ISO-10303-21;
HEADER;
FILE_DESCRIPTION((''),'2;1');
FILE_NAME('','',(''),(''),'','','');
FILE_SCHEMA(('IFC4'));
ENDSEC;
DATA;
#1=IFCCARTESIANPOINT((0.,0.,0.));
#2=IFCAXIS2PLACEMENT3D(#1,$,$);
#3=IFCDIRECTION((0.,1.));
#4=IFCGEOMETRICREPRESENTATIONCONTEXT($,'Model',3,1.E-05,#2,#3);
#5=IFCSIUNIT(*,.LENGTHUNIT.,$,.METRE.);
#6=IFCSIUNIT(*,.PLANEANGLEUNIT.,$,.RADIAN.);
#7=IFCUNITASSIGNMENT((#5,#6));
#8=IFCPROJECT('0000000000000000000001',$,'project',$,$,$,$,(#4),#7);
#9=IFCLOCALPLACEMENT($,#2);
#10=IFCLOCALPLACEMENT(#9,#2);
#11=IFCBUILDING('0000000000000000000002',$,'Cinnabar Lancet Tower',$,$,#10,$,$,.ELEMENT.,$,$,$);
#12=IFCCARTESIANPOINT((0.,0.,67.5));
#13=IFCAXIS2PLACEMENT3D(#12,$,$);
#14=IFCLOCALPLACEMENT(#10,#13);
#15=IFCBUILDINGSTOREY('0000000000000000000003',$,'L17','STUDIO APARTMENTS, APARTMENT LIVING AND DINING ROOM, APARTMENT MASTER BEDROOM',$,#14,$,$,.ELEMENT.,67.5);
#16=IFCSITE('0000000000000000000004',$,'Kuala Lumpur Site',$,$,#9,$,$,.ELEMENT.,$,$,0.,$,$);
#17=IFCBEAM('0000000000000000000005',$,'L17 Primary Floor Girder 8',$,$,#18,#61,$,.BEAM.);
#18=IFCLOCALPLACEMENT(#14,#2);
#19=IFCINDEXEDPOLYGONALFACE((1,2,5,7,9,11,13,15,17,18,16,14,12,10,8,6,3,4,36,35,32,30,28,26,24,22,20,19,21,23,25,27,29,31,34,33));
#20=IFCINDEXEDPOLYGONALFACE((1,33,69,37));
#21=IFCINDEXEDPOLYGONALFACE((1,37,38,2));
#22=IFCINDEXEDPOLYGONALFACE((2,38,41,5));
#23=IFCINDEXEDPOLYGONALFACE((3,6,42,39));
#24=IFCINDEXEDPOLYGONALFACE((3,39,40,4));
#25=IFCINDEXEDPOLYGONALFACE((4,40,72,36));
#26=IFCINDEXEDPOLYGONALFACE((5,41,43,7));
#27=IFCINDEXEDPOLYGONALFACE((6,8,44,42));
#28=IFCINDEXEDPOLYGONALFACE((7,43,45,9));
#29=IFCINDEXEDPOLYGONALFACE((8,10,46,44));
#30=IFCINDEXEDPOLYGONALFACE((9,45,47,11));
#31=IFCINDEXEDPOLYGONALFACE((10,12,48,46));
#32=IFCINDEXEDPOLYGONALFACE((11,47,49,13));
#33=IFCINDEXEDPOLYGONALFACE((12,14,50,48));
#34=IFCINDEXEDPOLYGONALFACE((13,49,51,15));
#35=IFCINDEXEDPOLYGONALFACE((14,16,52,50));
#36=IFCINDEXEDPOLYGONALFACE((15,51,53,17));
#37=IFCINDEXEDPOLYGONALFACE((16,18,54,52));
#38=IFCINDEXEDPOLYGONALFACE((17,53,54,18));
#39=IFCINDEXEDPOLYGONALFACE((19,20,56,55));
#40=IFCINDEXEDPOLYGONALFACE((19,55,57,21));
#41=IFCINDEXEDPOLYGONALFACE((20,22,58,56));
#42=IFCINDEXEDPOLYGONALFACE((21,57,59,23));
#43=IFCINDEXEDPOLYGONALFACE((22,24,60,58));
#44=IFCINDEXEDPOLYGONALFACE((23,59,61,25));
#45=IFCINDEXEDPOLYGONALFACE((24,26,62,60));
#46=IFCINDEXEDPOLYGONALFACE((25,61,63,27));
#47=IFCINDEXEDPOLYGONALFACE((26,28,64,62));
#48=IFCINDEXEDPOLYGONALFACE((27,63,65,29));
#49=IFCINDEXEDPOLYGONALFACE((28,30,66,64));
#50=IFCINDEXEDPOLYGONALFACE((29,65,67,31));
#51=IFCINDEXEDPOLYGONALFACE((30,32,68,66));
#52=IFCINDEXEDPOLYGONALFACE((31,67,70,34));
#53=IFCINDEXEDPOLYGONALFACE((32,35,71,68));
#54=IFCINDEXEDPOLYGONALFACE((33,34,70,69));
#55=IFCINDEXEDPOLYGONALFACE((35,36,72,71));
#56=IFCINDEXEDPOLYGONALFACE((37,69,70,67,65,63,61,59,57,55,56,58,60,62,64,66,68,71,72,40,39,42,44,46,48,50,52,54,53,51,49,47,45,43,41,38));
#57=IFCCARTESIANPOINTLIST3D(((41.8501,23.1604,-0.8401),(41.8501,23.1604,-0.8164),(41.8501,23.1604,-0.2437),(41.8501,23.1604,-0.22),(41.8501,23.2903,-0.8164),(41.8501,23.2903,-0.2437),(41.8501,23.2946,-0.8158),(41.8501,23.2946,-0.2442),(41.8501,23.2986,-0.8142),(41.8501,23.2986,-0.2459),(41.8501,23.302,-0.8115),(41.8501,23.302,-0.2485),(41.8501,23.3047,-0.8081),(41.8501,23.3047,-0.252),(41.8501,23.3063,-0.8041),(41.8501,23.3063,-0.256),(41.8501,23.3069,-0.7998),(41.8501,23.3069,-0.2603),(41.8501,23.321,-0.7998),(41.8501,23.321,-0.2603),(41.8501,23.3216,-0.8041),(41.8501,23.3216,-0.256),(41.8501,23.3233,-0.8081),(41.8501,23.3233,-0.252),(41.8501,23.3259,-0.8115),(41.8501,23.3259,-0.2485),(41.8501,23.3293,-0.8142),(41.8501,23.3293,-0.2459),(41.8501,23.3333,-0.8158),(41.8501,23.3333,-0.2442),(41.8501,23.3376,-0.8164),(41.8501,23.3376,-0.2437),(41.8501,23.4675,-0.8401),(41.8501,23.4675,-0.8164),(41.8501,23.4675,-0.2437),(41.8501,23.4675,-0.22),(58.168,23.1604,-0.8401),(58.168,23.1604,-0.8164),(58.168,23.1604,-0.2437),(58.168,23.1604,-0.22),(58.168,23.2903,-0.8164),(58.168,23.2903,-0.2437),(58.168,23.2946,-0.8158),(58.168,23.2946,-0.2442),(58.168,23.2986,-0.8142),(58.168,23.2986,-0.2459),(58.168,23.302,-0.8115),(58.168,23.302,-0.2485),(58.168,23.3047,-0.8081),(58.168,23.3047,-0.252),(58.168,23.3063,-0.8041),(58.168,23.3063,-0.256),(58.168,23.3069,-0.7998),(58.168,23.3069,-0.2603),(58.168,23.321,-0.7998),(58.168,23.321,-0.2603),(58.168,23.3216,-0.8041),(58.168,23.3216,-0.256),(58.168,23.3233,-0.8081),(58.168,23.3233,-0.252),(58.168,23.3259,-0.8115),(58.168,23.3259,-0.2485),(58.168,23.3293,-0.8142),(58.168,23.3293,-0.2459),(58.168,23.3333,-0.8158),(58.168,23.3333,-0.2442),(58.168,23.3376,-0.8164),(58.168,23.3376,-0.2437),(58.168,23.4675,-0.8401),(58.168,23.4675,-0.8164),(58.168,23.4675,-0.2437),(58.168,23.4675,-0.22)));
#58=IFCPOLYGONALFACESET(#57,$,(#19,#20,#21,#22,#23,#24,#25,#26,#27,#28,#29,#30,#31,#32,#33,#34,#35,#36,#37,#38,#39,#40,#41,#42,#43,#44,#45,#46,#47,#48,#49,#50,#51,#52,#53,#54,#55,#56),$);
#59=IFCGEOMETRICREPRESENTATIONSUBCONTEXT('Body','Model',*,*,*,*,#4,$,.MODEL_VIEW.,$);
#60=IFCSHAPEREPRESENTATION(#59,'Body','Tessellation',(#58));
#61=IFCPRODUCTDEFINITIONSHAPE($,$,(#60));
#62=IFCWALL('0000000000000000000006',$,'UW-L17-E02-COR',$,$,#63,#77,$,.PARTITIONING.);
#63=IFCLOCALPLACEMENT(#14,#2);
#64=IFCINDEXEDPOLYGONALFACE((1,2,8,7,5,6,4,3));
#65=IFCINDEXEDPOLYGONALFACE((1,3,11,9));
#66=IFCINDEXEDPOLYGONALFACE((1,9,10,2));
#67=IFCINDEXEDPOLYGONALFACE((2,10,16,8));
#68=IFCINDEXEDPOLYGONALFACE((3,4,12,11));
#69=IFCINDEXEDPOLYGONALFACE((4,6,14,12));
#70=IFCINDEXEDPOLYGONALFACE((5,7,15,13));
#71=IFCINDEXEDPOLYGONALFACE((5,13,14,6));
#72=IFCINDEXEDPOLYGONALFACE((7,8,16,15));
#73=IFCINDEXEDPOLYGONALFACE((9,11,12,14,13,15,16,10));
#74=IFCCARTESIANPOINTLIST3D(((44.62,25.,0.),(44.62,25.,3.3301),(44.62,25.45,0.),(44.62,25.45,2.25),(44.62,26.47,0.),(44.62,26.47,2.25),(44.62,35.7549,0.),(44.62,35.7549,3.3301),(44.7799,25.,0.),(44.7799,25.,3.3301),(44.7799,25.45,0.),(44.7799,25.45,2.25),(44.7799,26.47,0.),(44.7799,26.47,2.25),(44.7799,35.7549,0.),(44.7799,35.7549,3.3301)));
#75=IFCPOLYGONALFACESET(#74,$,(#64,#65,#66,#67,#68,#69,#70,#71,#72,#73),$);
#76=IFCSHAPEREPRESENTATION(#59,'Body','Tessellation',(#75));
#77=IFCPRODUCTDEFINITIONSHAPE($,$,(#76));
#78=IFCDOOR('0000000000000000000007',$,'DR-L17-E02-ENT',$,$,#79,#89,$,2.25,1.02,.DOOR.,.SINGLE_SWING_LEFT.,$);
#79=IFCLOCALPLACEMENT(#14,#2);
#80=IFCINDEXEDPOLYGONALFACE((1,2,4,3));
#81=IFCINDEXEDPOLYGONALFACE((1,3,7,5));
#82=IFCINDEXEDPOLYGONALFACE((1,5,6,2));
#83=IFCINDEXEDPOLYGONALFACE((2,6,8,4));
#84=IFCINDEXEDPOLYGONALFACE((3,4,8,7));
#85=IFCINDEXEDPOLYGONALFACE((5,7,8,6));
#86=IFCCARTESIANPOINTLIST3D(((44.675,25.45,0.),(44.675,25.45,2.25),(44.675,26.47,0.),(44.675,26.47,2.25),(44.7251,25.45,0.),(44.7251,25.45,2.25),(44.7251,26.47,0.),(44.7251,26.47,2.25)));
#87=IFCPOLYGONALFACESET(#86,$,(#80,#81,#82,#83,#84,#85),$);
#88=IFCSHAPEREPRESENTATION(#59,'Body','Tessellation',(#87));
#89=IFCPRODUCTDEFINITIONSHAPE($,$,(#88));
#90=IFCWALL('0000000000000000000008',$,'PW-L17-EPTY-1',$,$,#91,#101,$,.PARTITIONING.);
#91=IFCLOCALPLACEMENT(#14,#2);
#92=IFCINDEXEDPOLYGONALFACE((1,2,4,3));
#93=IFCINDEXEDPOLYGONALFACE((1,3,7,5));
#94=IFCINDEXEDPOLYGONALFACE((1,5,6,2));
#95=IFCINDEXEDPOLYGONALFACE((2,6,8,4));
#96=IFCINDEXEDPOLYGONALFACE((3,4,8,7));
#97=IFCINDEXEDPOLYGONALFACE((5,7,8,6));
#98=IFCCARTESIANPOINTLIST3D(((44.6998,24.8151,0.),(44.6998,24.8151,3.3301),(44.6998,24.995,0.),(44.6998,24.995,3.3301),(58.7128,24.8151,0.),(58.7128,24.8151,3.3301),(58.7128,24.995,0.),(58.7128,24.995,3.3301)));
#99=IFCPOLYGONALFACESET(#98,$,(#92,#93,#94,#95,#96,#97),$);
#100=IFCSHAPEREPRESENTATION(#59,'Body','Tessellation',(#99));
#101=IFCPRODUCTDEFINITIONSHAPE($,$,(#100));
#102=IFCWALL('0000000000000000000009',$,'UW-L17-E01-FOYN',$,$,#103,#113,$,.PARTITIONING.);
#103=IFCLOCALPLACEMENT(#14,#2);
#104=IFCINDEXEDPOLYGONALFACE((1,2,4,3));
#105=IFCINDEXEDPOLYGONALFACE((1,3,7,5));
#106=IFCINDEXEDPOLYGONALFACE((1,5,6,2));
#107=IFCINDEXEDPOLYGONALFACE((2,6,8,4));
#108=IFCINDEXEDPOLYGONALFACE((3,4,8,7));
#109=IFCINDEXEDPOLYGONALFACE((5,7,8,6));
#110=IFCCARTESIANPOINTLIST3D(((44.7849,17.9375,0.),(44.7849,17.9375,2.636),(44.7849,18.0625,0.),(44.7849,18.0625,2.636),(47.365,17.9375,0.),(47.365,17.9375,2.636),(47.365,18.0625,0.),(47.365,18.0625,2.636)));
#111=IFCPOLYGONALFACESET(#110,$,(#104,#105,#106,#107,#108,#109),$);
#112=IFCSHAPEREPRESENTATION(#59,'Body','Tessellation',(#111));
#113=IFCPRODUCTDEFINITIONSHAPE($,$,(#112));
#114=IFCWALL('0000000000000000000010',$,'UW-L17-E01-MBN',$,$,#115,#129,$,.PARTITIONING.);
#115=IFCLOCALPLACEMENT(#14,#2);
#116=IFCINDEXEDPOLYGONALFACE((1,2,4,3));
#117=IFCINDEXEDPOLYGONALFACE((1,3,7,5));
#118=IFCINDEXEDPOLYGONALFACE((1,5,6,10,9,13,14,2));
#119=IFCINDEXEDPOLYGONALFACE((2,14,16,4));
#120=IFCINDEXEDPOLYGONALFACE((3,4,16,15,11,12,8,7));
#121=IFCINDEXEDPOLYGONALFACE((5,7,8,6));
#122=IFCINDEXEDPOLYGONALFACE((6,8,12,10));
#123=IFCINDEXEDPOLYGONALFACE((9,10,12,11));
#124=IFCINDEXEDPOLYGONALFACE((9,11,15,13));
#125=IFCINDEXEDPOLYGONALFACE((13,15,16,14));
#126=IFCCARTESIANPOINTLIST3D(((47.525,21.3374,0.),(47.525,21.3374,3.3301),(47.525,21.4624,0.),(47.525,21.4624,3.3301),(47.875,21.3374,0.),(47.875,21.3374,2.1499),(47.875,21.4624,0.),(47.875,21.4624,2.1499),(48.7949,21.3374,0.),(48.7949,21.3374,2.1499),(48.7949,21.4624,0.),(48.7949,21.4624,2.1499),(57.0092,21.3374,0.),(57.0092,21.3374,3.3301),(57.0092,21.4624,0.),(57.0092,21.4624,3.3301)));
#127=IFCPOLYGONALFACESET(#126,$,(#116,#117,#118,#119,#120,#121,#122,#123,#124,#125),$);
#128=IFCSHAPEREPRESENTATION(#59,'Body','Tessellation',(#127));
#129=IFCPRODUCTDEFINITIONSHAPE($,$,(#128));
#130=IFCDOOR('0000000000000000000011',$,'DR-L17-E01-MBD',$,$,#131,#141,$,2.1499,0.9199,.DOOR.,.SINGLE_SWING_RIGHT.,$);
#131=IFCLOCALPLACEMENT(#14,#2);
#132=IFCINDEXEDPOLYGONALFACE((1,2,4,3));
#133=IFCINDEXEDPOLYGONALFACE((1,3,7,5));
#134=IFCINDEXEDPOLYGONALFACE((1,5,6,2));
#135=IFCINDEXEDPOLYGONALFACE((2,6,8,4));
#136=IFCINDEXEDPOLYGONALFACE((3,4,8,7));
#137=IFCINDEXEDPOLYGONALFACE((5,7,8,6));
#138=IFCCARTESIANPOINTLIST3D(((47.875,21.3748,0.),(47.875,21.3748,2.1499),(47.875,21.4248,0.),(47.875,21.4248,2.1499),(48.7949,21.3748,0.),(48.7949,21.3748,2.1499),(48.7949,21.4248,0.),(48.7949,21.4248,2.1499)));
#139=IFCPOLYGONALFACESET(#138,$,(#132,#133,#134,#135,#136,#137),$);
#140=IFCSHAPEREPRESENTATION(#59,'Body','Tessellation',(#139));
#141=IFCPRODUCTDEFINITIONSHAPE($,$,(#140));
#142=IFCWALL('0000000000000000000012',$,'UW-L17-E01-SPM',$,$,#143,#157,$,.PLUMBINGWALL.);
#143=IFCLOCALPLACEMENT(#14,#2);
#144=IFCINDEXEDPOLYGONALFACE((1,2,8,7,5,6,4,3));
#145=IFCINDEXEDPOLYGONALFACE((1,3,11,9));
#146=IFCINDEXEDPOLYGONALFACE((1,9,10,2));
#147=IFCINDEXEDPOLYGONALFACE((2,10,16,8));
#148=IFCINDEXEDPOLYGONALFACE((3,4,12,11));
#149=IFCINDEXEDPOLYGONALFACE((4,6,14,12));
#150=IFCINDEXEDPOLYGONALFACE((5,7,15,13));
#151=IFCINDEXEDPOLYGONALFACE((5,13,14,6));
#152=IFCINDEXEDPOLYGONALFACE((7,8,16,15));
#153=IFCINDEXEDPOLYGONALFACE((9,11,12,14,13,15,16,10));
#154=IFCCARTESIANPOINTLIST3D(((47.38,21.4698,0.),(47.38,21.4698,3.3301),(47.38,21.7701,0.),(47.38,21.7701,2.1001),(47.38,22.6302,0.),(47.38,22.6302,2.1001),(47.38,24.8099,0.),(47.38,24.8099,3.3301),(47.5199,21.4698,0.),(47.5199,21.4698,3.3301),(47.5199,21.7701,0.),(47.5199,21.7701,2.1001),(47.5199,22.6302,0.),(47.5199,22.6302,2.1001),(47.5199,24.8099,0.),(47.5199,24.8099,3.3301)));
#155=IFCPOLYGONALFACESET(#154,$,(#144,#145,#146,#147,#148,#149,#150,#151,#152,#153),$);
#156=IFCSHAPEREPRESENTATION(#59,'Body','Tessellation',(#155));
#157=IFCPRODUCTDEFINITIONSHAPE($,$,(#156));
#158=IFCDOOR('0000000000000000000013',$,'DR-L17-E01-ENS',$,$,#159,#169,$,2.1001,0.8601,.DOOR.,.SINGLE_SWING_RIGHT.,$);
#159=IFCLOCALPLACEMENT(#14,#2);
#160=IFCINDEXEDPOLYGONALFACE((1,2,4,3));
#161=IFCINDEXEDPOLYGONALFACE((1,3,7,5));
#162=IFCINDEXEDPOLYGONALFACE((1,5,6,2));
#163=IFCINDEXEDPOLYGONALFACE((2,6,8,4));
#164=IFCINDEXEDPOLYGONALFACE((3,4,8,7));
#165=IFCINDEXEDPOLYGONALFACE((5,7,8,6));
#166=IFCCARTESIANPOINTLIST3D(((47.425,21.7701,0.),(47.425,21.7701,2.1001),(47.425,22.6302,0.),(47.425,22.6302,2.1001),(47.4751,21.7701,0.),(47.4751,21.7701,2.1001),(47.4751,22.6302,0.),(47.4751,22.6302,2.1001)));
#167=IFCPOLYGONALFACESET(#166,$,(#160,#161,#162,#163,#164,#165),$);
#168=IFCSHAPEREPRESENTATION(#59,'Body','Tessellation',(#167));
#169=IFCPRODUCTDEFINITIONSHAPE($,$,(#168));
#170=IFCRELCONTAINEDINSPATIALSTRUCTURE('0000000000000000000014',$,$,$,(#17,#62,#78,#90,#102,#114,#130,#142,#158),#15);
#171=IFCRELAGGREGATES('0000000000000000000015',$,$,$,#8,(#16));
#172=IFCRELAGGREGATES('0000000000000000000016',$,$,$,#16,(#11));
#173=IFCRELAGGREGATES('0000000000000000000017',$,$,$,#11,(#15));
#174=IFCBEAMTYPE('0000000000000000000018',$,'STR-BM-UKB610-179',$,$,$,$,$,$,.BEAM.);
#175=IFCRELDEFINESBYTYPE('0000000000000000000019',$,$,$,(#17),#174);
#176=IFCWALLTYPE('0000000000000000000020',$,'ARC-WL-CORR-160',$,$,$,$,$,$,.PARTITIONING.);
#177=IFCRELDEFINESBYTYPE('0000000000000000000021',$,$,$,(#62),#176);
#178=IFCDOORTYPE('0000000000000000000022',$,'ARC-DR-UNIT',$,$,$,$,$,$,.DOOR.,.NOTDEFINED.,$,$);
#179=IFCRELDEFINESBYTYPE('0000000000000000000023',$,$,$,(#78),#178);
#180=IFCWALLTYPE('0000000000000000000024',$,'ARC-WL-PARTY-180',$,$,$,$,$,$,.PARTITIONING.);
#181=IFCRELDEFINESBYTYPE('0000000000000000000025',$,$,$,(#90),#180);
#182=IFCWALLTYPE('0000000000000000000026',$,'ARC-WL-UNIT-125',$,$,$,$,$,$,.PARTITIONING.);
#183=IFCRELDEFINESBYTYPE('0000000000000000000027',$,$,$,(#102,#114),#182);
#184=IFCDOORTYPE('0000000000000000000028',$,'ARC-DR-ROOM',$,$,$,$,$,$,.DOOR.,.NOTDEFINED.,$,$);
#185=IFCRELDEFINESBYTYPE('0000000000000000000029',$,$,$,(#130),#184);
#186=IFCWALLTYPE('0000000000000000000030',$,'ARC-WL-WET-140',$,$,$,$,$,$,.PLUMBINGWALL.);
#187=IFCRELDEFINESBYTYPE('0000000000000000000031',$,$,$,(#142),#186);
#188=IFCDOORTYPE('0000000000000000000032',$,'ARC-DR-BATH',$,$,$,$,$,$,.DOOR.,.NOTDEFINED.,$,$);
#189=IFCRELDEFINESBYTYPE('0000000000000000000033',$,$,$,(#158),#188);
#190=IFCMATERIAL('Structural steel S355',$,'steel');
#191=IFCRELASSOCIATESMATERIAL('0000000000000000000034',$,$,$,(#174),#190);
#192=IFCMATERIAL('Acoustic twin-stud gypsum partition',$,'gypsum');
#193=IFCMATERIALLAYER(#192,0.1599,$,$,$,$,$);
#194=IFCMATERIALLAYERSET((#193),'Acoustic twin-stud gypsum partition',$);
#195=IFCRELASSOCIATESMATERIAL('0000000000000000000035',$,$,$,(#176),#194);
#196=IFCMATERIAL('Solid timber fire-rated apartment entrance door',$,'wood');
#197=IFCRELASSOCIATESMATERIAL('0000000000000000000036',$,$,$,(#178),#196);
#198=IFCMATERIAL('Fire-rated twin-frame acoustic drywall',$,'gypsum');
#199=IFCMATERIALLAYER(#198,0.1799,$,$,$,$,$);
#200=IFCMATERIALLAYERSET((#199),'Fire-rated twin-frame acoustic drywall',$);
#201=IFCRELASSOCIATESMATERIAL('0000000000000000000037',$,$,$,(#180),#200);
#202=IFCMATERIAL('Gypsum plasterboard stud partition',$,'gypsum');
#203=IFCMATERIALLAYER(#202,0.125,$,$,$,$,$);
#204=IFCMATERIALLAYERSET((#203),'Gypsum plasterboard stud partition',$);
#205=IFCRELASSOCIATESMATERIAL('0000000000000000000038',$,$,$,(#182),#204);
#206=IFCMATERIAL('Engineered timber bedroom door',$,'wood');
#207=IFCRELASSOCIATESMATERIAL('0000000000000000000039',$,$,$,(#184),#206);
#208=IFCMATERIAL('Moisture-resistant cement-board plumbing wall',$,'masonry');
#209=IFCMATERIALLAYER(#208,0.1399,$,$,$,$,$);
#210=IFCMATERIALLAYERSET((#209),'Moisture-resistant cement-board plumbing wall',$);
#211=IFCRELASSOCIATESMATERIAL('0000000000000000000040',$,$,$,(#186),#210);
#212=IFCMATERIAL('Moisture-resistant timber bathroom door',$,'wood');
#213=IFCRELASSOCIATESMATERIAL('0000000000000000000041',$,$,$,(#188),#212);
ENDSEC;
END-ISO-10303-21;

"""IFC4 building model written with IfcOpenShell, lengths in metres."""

from ifc_helpers import new_model, si_unit, direction, frame, frame_2d, origin, origin_2d, place, context, subcontext, project, spatial, rectangle, i_section, extrude, material, layer, layer_set, material_profile, profile_set, type_object, element, fill, save


model = new_model("IFC4")

# Units and contexts
model_context = context("Model", 3, precision=1e-05, world=origin(), true_north=direction((0.0, 1.0)))
body_context = subcontext(model_context, "Body", "Model", "MODEL_VIEW")
ifc_project = project(units=[si_unit("LENGTHUNIT", "METRE"), si_unit("PLANEANGLEUNIT", "RADIAN")], contexts=[model_context])

# Site, building, storey
site_placement = place(None, origin())
site = spatial("IfcSite", under=ifc_project, at=site_placement, Name="Kuala Lumpur Site", CompositionType="ELEMENT", RefElevation=0.0)
building_placement = place(site_placement, origin())
building = spatial("IfcBuilding", under=site, at=building_placement, Name="Cinnabar Lancet Tower", CompositionType="ELEMENT")
storey_placement = place(building_placement, frame((0.0, 0.0, 67.5)))
storey = spatial("IfcBuildingStorey", under=building, at=storey_placement, Name="L17", Description="STUDIO APARTMENTS, APARTMENT LIVING AND DINING ROOM, APARTMENT MASTER BEDROOM", CompositionType="ELEMENT", Elevation=67.5)

# Beam
ifc_material_1 = material(Name="Structural steel S355", Category="steel")
ifc_material_profile_1 = material_profile(ifc_material_1, i_section(OverallWidth=0.3071, OverallDepth=0.6201, WebThickness=0.0142, FlangeThickness=0.0237, FilletRadius=0.0166, at=origin_2d()), Name="UKB 610x305x179")
ifc_profile_set_1 = profile_set([ifc_material_profile_1], Name="Structural steel S355")
beam_type_1 = type_object("IfcBeamType", Name="STR-BM-UKB610-179", PredefinedType="BEAM", material=ifc_profile_set_1)
beam_1_placement = place(storey_placement, frame((58.168, 23.314, -0.53), z_axis=(-1.0, 0.0, 0.0), x_axis=(0.0, -1.0, 0.0)))
element("IfcBeam", 1, at=beam_1_placement, inside=storey, type_object=beam_type_1, Name="L17 Primary Floor Girder 8", PredefinedType="BEAM", context=body_context, shape_type="SweptSolid", body=[
    extrude(i_section(OverallWidth=0.3071, OverallDepth=0.6201, WebThickness=0.0142, FlangeThickness=0.0237, FilletRadius=0.0166, at=origin_2d()), origin(), (0.0, 0.0, 1.0), 16.3179),
])

# Wall, opening, door
ifc_material_2 = material(Name="Acoustic twin-stud gypsum partition", Category="gypsum")
ifc_layer_1 = layer(ifc_material_2, 0.1599)
ifc_layer_set_1 = layer_set([ifc_layer_1], Name="Acoustic twin-stud gypsum partition")
wall_type_1 = type_object("IfcWallType", Name="ARC-WL-CORR-160", PredefinedType="PARTITIONING", material=ifc_layer_set_1)
wall_1_placement = place(storey_placement, frame((44.7, 25.0, 0.0), z_axis=(0.0, 0.0, 1.0), x_axis=(0.0, 1.0, 0.0)))
wall_1 = element("IfcWall", 2, at=wall_1_placement, inside=storey, type_object=wall_type_1, Name="UW-L17-E02-COR", PredefinedType="PARTITIONING", context=body_context, shape_type="SweptSolid", body=[
    extrude(rectangle(XDim=10.7549, YDim=0.1599, at=frame_2d((5.3774, 0.0))), origin(), (0.0, 0.0, 1.0), 3.3301),
])
opening_1_placement = place(wall_1_placement, frame((0.45, 0.0, 0.0)))
opening_1 = element("IfcOpeningElement", 3, at=opening_1_placement, cuts=wall_1, PredefinedType="OPENING", context=body_context, shape_type="SweptSolid", body=[
    extrude(rectangle(XDim=1.02, YDim=2.25, at=frame_2d((0.51, 1.125))), frame((0.0, 0.0898, 0.0), z_axis=(0.0, -1.0, 0.0), x_axis=(1.0, 0.0, 0.0)), (0.0, 0.0, 1.0), 0.1799),
])
ifc_material_3 = material(Name="Solid timber fire-rated apartment entrance door", Category="wood")
door_type_1 = type_object("IfcDoorType", Name="ARC-DR-UNIT", OperationType="NOTDEFINED", PredefinedType="DOOR", material=ifc_material_3)
door_1_placement = place(opening_1_placement, origin())
door_1 = element("IfcDoor", 4, at=door_1_placement, inside=storey, type_object=door_type_1, Name="DR-L17-E02-ENT", OperationType="SINGLE_SWING_LEFT", OverallHeight=2.25, OverallWidth=1.02, PredefinedType="DOOR", context=body_context, shape_type="SweptSolid", body=[
    extrude(rectangle(XDim=1.02, YDim=2.25, at=frame_2d((0.51, 1.125))), frame((0.0, 0.0249, 0.0), z_axis=(0.0, -1.0, 0.0), x_axis=(1.0, 0.0, 0.0)), (0.0, 0.0, 1.0), 0.05),
])
fill(opening_1, door_1)

# Walls
ifc_material_4 = material(Name="Fire-rated twin-frame acoustic drywall", Category="gypsum")
ifc_layer_2 = layer(ifc_material_4, 0.1799)
ifc_layer_set_2 = layer_set([ifc_layer_2], Name="Fire-rated twin-frame acoustic drywall")
wall_type_2 = type_object("IfcWallType", Name="ARC-WL-PARTY-180", PredefinedType="PARTITIONING", material=ifc_layer_set_2)
wall_2_placement = place(storey_placement, frame((44.7, 24.905, 0.0), z_axis=(0.0, 0.0, 1.0), x_axis=(1.0, 0.0, 0.0)))
element("IfcWall", 5, at=wall_2_placement, inside=storey, type_object=wall_type_2, Name="PW-L17-EPTY-1", PredefinedType="PARTITIONING", context=body_context, shape_type="SweptSolid", body=[
    extrude(rectangle(XDim=14.0129, YDim=0.1799, at=frame_2d((7.0063, 0.0))), origin(), (0.0, 0.0, 1.0), 3.3301),
])
ifc_material_5 = material(Name="Gypsum plasterboard stud partition", Category="gypsum")
ifc_layer_3 = layer(ifc_material_5, 0.125)
ifc_layer_set_3 = layer_set([ifc_layer_3], Name="Gypsum plasterboard stud partition")
wall_type_3 = type_object("IfcWallType", Name="ARC-WL-UNIT-125", PredefinedType="PARTITIONING", material=ifc_layer_set_3)
wall_3_placement = place(storey_placement, frame((44.7849, 18.0, 0.0), z_axis=(0.0, 0.0, 1.0), x_axis=(1.0, 0.0, 0.0)))
element("IfcWall", 6, at=wall_3_placement, inside=storey, type_object=wall_type_3, Name="UW-L17-E01-FOYN", PredefinedType="PARTITIONING", context=body_context, shape_type="SweptSolid", body=[
    extrude(rectangle(XDim=2.5801, YDim=0.125, at=frame_2d((1.29, 0.0))), origin(), (0.0, 0.0, 1.0), 2.636),
])

# Wall, opening, door
wall_4_placement = place(storey_placement, frame((47.5249, 21.3999, 0.0), z_axis=(0.0, 0.0, 1.0), x_axis=(1.0, 0.0, 0.0)))
wall_4 = element("IfcWall", 7, at=wall_4_placement, inside=storey, type_object=wall_type_3, Name="UW-L17-E01-MBN", PredefinedType="PARTITIONING", context=body_context, shape_type="SweptSolid", body=[
    extrude(rectangle(XDim=9.4841, YDim=0.125, at=frame_2d((4.7422, 0.0))), origin(), (0.0, 0.0, 1.0), 3.3301),
])
opening_2_placement = place(wall_4_placement, frame((0.3501, 0.0, 0.0)))
opening_2 = element("IfcOpeningElement", 8, at=opening_2_placement, cuts=wall_4, PredefinedType="OPENING", context=body_context, shape_type="SweptSolid", body=[
    extrude(rectangle(XDim=0.9199, YDim=2.1499, at=frame_2d((0.46, 1.075))), frame((0.0, 0.0725, 0.0), z_axis=(0.0, -1.0, 0.0), x_axis=(1.0, 0.0, 0.0)), (0.0, 0.0, 1.0), 0.145),
])
ifc_material_6 = material(Name="Engineered timber bedroom door", Category="wood")
door_type_2 = type_object("IfcDoorType", Name="ARC-DR-ROOM", OperationType="NOTDEFINED", PredefinedType="DOOR", material=ifc_material_6)
door_2_placement = place(opening_2_placement, origin())
door_2 = element("IfcDoor", 9, at=door_2_placement, inside=storey, type_object=door_type_2, Name="DR-L17-E01-MBD", OperationType="SINGLE_SWING_RIGHT", OverallHeight=2.1499, OverallWidth=0.9199, PredefinedType="DOOR", context=body_context, shape_type="SweptSolid", body=[
    extrude(rectangle(XDim=0.9199, YDim=2.1499, at=frame_2d((0.46, 1.075))), frame((0.0, 0.0249, 0.0), z_axis=(0.0, -1.0, 0.0), x_axis=(1.0, 0.0, 0.0)), (0.0, 0.0, 1.0), 0.05),
])
fill(opening_2, door_2)

# Shared definitions
ifc_material_7 = material(Name="Moisture-resistant cement-board plumbing wall", Category="masonry")
ifc_layer_4 = layer(ifc_material_7, 0.1399)
ifc_layer_set_4 = layer_set([ifc_layer_4], Name="Moisture-resistant cement-board plumbing wall")
wall_type_4 = type_object("IfcWallType", Name="ARC-WL-WET-140", PredefinedType="PLUMBINGWALL", material=ifc_layer_set_4)
ifc_material_8 = material(Name="Moisture-resistant timber bathroom door", Category="wood")
door_type_3 = type_object("IfcDoorType", Name="ARC-DR-BATH", OperationType="NOTDEFINED", PredefinedType="DOOR", material=ifc_material_8)

# Wall, opening, door
wall_5_placement = place(storey_placement, frame((47.45, 21.47, 0.0), z_axis=(0.0, 0.0, 1.0), x_axis=(0.0, 1.0, 0.0)))
wall_5 = element("IfcWall", 10, at=wall_5_placement, inside=storey, type_object=wall_type_4, Name="UW-L17-E01-SPM", PredefinedType="PLUMBINGWALL", context=body_context, shape_type="SweptSolid", body=[
    extrude(rectangle(XDim=3.3401, YDim=0.1399, at=frame_2d((1.6699, 0.0))), origin(), (0.0, 0.0, 1.0), 3.3301),
])
opening_3_placement = place(wall_5_placement, frame((0.3, 0.0, 0.0)))
opening_3 = element("IfcOpeningElement", 11, at=opening_3_placement, cuts=wall_5, PredefinedType="OPENING", context=body_context, shape_type="SweptSolid", body=[
    extrude(rectangle(XDim=0.8601, YDim=2.1001, at=frame_2d((0.4302, 1.05))), frame((0.0, 0.0798, 0.0), z_axis=(0.0, -1.0, 0.0), x_axis=(1.0, 0.0, 0.0)), (0.0, 0.0, 1.0), 0.1599),
])
door_3_placement = place(opening_3_placement, origin())
door_3 = element("IfcDoor", 12, at=door_3_placement, inside=storey, type_object=door_type_3, Name="DR-L17-E01-ENS", OperationType="SINGLE_SWING_RIGHT", OverallHeight=2.1001, OverallWidth=0.8601, PredefinedType="DOOR", context=body_context, shape_type="SweptSolid", body=[
    extrude(rectangle(XDim=0.8601, YDim=2.1001, at=frame_2d((0.4302, 1.05))), frame((0.0, 0.0249, 0.0), z_axis=(0.0, -1.0, 0.0), x_axis=(1.0, 0.0, 0.0)), (0.0, 0.0, 1.0), 0.05),
])
fill(opening_3, door_3)

save(model, "model.ifc")
